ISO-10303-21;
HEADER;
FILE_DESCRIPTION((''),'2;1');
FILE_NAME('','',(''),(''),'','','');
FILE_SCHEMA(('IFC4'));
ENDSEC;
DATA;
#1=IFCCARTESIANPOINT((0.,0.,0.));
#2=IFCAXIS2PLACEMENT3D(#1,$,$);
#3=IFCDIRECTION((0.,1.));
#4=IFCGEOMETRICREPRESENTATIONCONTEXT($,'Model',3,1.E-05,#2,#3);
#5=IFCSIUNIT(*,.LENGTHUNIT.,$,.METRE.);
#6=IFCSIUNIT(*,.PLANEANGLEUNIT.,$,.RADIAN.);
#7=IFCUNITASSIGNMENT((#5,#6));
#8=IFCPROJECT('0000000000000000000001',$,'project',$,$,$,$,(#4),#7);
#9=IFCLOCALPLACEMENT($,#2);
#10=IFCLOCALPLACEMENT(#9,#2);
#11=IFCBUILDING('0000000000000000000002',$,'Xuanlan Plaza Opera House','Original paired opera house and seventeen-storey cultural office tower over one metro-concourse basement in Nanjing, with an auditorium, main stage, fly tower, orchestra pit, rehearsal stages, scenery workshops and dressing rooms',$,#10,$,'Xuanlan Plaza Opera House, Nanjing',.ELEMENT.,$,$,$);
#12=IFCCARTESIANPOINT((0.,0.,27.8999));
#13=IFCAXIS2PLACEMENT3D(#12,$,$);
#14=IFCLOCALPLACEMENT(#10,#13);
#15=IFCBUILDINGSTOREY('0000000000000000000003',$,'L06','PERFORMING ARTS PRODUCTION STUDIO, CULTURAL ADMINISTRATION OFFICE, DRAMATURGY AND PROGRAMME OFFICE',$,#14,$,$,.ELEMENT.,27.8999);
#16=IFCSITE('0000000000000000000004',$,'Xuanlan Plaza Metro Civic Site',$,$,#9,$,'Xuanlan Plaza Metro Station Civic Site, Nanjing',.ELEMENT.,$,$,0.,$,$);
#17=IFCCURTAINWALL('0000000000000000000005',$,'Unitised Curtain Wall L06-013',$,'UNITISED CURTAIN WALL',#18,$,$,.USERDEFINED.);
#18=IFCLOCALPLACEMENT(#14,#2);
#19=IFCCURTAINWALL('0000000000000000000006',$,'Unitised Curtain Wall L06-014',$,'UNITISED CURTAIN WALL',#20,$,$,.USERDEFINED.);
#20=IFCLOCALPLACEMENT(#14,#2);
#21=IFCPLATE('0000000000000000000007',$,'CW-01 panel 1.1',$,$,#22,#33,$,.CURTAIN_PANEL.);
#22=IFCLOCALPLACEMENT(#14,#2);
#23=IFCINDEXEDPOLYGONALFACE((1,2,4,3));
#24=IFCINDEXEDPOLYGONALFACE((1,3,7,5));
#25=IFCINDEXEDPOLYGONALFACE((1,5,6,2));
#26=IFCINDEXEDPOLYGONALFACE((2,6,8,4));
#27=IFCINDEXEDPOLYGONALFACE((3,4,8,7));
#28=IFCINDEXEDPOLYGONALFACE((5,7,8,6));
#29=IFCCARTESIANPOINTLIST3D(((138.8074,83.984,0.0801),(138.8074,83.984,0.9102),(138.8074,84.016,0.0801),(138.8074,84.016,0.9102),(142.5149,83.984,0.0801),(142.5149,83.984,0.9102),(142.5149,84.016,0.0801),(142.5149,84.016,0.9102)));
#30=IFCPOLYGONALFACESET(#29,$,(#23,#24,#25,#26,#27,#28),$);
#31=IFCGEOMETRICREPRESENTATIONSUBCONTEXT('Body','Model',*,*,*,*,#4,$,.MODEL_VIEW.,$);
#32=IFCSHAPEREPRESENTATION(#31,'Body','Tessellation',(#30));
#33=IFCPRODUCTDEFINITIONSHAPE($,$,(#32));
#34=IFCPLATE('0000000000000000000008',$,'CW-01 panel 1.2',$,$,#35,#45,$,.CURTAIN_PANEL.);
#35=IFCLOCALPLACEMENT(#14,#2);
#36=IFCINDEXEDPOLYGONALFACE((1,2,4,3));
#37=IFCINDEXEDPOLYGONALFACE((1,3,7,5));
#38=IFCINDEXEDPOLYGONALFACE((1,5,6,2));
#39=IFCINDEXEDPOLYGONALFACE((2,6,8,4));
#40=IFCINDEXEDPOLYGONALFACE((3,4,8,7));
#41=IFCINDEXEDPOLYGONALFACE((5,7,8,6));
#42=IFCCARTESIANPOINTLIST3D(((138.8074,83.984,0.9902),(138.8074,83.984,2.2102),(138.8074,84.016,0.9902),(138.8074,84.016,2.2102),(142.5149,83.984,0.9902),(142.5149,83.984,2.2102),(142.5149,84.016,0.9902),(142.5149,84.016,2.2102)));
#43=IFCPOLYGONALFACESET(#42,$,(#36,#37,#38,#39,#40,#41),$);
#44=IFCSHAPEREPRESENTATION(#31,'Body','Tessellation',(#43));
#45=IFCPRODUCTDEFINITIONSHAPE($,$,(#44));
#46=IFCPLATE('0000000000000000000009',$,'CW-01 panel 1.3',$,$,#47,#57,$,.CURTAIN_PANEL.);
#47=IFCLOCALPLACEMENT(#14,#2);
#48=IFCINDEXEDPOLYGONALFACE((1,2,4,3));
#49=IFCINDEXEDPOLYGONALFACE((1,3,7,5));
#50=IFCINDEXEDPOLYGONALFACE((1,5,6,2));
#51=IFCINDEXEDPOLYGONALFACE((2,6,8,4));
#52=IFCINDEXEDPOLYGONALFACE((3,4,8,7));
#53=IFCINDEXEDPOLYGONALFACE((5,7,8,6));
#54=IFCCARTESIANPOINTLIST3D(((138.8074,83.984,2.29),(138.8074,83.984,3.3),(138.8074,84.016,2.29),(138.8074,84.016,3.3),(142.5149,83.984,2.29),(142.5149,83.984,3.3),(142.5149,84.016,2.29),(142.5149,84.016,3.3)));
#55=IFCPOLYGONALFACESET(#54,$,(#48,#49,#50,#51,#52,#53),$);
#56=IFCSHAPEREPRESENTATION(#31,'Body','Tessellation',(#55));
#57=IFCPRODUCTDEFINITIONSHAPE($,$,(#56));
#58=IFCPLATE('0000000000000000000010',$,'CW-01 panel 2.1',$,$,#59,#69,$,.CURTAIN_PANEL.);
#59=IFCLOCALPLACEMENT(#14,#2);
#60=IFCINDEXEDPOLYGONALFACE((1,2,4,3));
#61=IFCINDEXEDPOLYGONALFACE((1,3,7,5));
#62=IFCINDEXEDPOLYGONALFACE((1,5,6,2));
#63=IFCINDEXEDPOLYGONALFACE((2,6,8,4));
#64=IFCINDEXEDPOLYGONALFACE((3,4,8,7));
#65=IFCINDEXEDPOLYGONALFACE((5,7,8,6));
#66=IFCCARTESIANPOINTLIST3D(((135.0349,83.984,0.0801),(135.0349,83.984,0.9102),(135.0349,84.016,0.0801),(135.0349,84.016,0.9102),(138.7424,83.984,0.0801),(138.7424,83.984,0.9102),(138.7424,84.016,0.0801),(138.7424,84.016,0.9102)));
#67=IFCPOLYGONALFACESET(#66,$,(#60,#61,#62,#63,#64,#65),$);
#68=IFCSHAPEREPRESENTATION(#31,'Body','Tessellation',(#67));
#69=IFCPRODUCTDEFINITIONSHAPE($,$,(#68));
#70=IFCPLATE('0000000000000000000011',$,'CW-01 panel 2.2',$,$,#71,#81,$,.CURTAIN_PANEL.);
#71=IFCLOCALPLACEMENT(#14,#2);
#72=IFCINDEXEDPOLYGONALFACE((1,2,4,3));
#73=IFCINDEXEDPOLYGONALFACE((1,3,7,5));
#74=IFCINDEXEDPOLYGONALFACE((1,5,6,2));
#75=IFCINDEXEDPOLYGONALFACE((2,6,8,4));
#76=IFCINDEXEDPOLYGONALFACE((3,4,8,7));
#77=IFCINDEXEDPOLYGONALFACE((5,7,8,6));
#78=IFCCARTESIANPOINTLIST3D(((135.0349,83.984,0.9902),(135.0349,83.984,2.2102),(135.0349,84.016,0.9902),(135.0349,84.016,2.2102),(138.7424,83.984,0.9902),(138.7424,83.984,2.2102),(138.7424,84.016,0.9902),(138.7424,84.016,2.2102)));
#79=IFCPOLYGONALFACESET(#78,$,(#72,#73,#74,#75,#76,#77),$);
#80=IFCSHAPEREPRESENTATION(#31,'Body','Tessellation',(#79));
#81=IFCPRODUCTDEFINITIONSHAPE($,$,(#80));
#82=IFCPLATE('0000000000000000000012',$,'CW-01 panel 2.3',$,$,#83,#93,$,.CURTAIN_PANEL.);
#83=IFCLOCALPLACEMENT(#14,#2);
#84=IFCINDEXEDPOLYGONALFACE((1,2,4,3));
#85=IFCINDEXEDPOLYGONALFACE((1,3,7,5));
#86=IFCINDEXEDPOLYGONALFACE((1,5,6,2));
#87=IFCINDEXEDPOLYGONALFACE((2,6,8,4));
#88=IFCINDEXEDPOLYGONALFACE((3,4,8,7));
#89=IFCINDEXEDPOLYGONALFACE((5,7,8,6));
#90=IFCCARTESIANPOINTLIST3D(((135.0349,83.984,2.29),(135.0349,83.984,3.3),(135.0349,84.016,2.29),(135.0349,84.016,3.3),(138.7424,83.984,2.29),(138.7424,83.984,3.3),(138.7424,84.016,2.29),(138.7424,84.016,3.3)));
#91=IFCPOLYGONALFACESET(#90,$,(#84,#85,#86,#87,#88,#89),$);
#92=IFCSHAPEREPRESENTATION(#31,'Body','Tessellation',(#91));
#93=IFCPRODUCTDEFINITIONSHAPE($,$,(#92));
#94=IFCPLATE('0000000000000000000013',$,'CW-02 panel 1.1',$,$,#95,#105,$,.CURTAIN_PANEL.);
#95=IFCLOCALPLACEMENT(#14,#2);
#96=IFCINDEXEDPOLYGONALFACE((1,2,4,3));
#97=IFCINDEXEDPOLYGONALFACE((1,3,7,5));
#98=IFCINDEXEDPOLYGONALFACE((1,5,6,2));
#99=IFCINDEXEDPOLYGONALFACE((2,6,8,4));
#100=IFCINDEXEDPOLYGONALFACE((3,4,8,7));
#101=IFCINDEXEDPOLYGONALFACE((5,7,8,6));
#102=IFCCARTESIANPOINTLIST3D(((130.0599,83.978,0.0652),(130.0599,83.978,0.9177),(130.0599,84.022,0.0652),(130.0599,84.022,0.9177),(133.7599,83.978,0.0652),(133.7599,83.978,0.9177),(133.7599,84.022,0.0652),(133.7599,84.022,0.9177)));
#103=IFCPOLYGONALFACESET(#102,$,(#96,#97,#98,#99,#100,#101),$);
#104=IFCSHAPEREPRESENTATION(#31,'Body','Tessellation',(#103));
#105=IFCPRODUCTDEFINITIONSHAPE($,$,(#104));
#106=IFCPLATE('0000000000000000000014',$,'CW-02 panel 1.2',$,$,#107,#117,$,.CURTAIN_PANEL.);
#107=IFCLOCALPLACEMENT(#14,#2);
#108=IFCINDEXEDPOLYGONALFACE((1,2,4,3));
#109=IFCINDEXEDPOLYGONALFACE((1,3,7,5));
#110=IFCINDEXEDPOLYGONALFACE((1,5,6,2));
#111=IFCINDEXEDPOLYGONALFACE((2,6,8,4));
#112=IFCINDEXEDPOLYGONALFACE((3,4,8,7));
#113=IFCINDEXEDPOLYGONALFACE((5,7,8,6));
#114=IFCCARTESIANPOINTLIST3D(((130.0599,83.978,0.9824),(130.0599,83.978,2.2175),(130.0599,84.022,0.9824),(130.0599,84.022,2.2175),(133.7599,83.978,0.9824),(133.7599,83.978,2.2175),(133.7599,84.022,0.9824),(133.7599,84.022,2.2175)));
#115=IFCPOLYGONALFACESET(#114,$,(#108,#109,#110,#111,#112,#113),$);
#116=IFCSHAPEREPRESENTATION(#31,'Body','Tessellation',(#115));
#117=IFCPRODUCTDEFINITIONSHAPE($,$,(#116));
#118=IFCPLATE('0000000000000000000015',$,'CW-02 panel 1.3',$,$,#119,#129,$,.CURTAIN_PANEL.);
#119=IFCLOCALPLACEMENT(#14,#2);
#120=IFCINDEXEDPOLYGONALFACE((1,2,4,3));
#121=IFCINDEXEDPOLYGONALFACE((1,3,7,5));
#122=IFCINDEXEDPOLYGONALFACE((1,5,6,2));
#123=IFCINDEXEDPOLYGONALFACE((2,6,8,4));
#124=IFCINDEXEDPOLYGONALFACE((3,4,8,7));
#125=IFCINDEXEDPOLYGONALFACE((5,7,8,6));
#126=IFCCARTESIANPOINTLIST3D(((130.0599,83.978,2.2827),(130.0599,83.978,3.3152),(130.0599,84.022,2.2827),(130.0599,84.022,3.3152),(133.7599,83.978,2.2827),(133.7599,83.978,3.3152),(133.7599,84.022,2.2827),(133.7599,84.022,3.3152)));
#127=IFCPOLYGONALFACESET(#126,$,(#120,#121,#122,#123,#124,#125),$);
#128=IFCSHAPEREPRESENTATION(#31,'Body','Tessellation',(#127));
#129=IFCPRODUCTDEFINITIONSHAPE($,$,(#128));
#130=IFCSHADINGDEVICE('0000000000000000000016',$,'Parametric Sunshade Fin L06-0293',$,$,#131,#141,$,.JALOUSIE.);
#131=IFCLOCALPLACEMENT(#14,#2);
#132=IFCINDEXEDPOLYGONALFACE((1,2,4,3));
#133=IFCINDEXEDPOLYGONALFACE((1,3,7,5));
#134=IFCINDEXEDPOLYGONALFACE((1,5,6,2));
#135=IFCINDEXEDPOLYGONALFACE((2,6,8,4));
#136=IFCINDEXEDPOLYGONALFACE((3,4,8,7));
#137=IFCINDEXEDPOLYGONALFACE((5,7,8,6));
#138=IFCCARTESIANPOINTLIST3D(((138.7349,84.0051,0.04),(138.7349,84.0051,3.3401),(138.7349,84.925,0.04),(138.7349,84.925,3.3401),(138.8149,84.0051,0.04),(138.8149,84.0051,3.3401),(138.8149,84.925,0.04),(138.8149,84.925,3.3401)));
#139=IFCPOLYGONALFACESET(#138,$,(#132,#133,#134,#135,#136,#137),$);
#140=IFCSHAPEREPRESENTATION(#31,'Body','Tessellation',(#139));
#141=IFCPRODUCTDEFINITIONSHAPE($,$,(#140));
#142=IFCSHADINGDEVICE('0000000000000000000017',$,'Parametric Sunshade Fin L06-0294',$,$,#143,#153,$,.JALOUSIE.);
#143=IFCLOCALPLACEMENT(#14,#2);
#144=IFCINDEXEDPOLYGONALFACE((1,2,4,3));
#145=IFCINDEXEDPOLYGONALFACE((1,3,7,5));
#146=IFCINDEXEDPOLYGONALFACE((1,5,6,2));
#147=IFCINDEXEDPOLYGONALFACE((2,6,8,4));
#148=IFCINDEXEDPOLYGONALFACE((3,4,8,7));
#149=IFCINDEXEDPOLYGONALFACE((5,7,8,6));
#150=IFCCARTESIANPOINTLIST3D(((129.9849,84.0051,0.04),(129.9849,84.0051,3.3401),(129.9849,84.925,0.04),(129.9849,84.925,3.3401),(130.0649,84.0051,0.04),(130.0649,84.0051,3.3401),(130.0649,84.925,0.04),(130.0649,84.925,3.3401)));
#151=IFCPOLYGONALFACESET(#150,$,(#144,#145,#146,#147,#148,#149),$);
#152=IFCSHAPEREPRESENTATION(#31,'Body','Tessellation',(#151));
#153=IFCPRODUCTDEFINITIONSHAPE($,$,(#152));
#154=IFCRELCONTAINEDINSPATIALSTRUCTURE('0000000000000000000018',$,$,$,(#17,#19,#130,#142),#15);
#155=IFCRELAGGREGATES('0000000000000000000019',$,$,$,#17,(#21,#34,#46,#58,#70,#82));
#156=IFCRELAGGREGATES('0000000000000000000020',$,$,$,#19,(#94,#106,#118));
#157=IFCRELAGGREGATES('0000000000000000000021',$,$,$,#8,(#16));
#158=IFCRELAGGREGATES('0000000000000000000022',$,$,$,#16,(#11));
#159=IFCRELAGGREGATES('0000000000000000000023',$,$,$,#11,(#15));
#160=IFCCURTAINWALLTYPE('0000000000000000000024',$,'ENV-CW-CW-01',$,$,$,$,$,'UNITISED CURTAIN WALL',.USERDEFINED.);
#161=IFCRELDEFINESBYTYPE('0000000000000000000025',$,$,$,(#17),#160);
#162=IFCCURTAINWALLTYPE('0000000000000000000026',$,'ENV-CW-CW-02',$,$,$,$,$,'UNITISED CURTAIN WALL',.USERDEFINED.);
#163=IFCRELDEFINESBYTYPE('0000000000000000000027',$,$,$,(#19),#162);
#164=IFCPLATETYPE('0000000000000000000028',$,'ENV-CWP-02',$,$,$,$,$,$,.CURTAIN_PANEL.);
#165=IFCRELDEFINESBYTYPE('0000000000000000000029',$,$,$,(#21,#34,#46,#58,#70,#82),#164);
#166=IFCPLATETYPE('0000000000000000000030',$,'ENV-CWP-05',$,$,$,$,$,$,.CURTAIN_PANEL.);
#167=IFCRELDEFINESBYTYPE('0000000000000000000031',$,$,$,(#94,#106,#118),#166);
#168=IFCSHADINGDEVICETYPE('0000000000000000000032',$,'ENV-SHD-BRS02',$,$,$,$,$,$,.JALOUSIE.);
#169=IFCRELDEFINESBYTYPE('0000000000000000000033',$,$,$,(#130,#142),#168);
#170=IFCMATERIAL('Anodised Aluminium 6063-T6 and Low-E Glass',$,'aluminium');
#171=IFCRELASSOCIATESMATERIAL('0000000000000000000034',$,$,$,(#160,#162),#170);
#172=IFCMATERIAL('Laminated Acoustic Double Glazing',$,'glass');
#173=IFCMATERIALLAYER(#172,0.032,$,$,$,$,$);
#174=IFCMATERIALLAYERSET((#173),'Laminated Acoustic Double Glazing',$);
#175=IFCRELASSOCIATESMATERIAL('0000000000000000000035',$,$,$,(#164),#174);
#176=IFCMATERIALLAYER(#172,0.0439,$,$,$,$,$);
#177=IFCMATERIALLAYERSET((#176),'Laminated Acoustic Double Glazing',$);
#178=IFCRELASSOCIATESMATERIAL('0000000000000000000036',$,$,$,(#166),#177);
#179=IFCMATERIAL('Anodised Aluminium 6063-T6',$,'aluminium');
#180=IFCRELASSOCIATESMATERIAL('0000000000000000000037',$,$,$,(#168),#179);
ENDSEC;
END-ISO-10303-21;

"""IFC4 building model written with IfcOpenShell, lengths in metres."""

from ifc_helpers import new_model, si_unit, direction, frame, origin, origin_2d, place, context, subcontext, project, spatial, rectangle, extrude, material, layer, layer_set, type_object, element, aggregate, save


model = new_model("IFC4")

# Units and contexts
model_context = context("Model", 3, precision=1e-05, world=origin(), true_north=direction((0.0, 1.0)))
body_context = subcontext(model_context, "Body", "Model", "MODEL_VIEW")
ifc_project = project(units=[si_unit("LENGTHUNIT", "METRE"), si_unit("PLANEANGLEUNIT", "RADIAN")], contexts=[model_context])

# Site, building, storey
site_placement = place(None, origin())
site = spatial("IfcSite", under=ifc_project, at=site_placement, Name="Xuanlan Plaza Metro Civic Site", LongName="Xuanlan Plaza Metro Station Civic Site, Nanjing", CompositionType="ELEMENT", RefElevation=0.0)
building_placement = place(site_placement, origin())
building = spatial("IfcBuilding", under=site, at=building_placement, Name="Xuanlan Plaza Opera House", Description="Original paired opera house and seventeen-storey cultural office tower over one metro-concourse basement in Nanjing, with an auditorium, main stage, fly tower, orchestra pit, rehearsal stages, scenery workshops and dressing rooms", LongName="Xuanlan Plaza Opera House, Nanjing", CompositionType="ELEMENT")
storey_placement = place(building_placement, frame((0.0, 0.0, 27.8999)))
storey = spatial("IfcBuildingStorey", under=building, at=storey_placement, Name="L06", Description="PERFORMING ARTS PRODUCTION STUDIO, CULTURAL ADMINISTRATION OFFICE, DRAMATURGY AND PROGRAMME OFFICE", CompositionType="ELEMENT", Elevation=27.8999)

# Curtain walls
ifc_material_1 = material(Name="Anodised Aluminium 6063-T6 and Low-E Glass", Category="aluminium")
curtain_wall_type_1 = type_object("IfcCurtainWallType", Name="ENV-CW-CW-01", ElementType="UNITISED CURTAIN WALL", PredefinedType="USERDEFINED", material=ifc_material_1)
curtain_wall_1_placement = place(storey_placement, origin())
curtain_wall_1 = element("IfcCurtainWall", 1, at=curtain_wall_1_placement, inside=storey, type_object=curtain_wall_type_1, Name="Unitised Curtain Wall L06-013", ObjectType="UNITISED CURTAIN WALL", PredefinedType="USERDEFINED")
ifc_material_2 = material(Name="Anodised Aluminium 6063-T6", Category="aluminium")
curtain_wall_type_2 = type_object("IfcCurtainWallType", Name="ENV-CW-CW-02", ElementType="UNITISED CURTAIN WALL", PredefinedType="USERDEFINED", material=ifc_material_1)
curtain_wall_2_placement = place(storey_placement, origin())
curtain_wall_2 = element("IfcCurtainWall", 2, at=curtain_wall_2_placement, inside=storey, type_object=curtain_wall_type_2, Name="Unitised Curtain Wall L06-014", ObjectType="UNITISED CURTAIN WALL", PredefinedType="USERDEFINED")

# Plates
ifc_material_3 = material(Name="Laminated Acoustic Double Glazing", Category="glass")
ifc_layer_1 = layer(ifc_material_3, 0.032)
ifc_layer_set_1 = layer_set([ifc_layer_1], Name="Laminated Acoustic Double Glazing")
plate_type_1 = type_object("IfcPlateType", Name="ENV-CWP-02", PredefinedType="CURTAIN_PANEL", material=ifc_layer_set_1)
plate_1_placement = place(storey_placement, frame((140.6611, 84.0, 0.0801), z_axis=(0.0, 0.0, 1.0), x_axis=(-1.0, 0.0, 0.0)))
plate_1 = element("IfcPlate", 3, at=plate_1_placement, type_object=plate_type_1, Name="CW-01 panel 1.1", PredefinedType="CURTAIN_PANEL", context=body_context, shape_type="SweptSolid", body=[
    extrude(rectangle(XDim=3.7075, YDim=0.032, at=origin_2d()), origin(), (0.0, 0.0, 1.0), 0.8301),
])
plate_2_placement = place(storey_placement, frame((140.6611, 84.0, 0.9902), z_axis=(0.0, 0.0, 1.0), x_axis=(-1.0, 0.0, 0.0)))
plate_2 = element("IfcPlate", 4, at=plate_2_placement, type_object=plate_type_1, Name="CW-01 panel 1.2", PredefinedType="CURTAIN_PANEL", context=body_context, shape_type="SweptSolid", body=[
    extrude(rectangle(XDim=3.7075, YDim=0.032, at=origin_2d()), origin(), (0.0, 0.0, 1.0), 1.22),
])
plate_3_placement = place(storey_placement, frame((140.6611, 84.0, 2.29), z_axis=(0.0, 0.0, 1.0), x_axis=(-1.0, 0.0, 0.0)))
plate_3 = element("IfcPlate", 5, at=plate_3_placement, type_object=plate_type_1, Name="CW-01 panel 1.3", PredefinedType="CURTAIN_PANEL", context=body_context, shape_type="SweptSolid", body=[
    extrude(rectangle(XDim=3.7075, YDim=0.032, at=origin_2d()), origin(), (0.0, 0.0, 1.0), 1.01),
])
plate_4_placement = place(storey_placement, frame((136.8887, 84.0, 0.0801), z_axis=(0.0, 0.0, 1.0), x_axis=(-1.0, 0.0, 0.0)))
plate_4 = element("IfcPlate", 6, at=plate_4_placement, type_object=plate_type_1, Name="CW-01 panel 2.1", PredefinedType="CURTAIN_PANEL", context=body_context, shape_type="SweptSolid", body=[
    extrude(rectangle(XDim=3.7075, YDim=0.032, at=origin_2d()), origin(), (0.0, 0.0, 1.0), 0.8301),
])
plate_5_placement = place(storey_placement, frame((136.8887, 84.0, 0.9902), z_axis=(0.0, 0.0, 1.0), x_axis=(-1.0, 0.0, 0.0)))
plate_5 = element("IfcPlate", 7, at=plate_5_placement, type_object=plate_type_1, Name="CW-01 panel 2.2", PredefinedType="CURTAIN_PANEL", context=body_context, shape_type="SweptSolid", body=[
    extrude(rectangle(XDim=3.7075, YDim=0.032, at=origin_2d()), origin(), (0.0, 0.0, 1.0), 1.22),
])
plate_6_placement = place(storey_placement, frame((136.8887, 84.0, 2.29), z_axis=(0.0, 0.0, 1.0), x_axis=(-1.0, 0.0, 0.0)))
plate_6 = element("IfcPlate", 8, at=plate_6_placement, type_object=plate_type_1, Name="CW-01 panel 2.3", PredefinedType="CURTAIN_PANEL", context=body_context, shape_type="SweptSolid", body=[
    extrude(rectangle(XDim=3.7075, YDim=0.032, at=origin_2d()), origin(), (0.0, 0.0, 1.0), 1.01),
])
aggregate(curtain_wall_1, [plate_1, plate_2, plate_3, plate_4, plate_5, plate_6])
ifc_layer_2 = layer(ifc_material_3, 0.0439)
ifc_layer_set_2 = layer_set([ifc_layer_2], Name="Laminated Acoustic Double Glazing")
plate_type_2 = type_object("IfcPlateType", Name="ENV-CWP-05", PredefinedType="CURTAIN_PANEL", material=ifc_layer_set_2)
plate_7_placement = place(storey_placement, frame((131.9099, 84.0, 0.0652), z_axis=(0.0, 0.0, 1.0), x_axis=(-1.0, 0.0, 0.0)))
plate_7 = element("IfcPlate", 9, at=plate_7_placement, type_object=plate_type_2, Name="CW-02 panel 1.1", PredefinedType="CURTAIN_PANEL", context=body_context, shape_type="SweptSolid", body=[
    extrude(rectangle(XDim=3.7, YDim=0.0439, at=origin_2d()), origin(), (0.0, 0.0, 1.0), 0.8525),
])
plate_8_placement = place(storey_placement, frame((131.9099, 84.0, 0.9824), z_axis=(0.0, 0.0, 1.0), x_axis=(-1.0, 0.0, 0.0)))
plate_8 = element("IfcPlate", 10, at=plate_8_placement, type_object=plate_type_2, Name="CW-02 panel 1.2", PredefinedType="CURTAIN_PANEL", context=body_context, shape_type="SweptSolid", body=[
    extrude(rectangle(XDim=3.7, YDim=0.0439, at=origin_2d()), origin(), (0.0, 0.0, 1.0), 1.2351),
])
plate_9_placement = place(storey_placement, frame((131.9099, 84.0, 2.2827), z_axis=(0.0, 0.0, 1.0), x_axis=(-1.0, 0.0, 0.0)))
plate_9 = element("IfcPlate", 11, at=plate_9_placement, type_object=plate_type_2, Name="CW-02 panel 1.3", PredefinedType="CURTAIN_PANEL", context=body_context, shape_type="SweptSolid", body=[
    extrude(rectangle(XDim=3.7, YDim=0.0439, at=origin_2d()), origin(), (0.0, 0.0, 1.0), 1.0325),
])
aggregate(curtain_wall_2, [plate_7, plate_8, plate_9])

# Shading devices
shading_device_type = type_object("IfcShadingDeviceType", Name="ENV-SHD-BRS02", PredefinedType="JALOUSIE", material=ifc_material_2)
for number, where, z_axis, x_axis, name in (
    (12, (138.7749, 84.4651, 0.04), (0.0, 0.0, 1.0), (0.0, 1.0, 0.0), "Parametric Sunshade Fin L06-0293"),
    (13, (130.0249, 84.4651, 0.04), (0.0, 0.0, 1.0), (0.0, 1.0, 0.0), "Parametric Sunshade Fin L06-0294"),
):
    element("IfcShadingDevice", number, at=place(storey_placement, frame(where, z_axis=z_axis, x_axis=x_axis)), inside=storey, type_object=shading_device_type, Name=name, PredefinedType="JALOUSIE", context=body_context, shape_type="SweptSolid", body=[
        extrude(rectangle(XDim=0.9199, YDim=0.0801, at=origin_2d()), origin(), (0.0, 0.0, 1.0), 3.3),
    ])

save(model, "model.ifc")
